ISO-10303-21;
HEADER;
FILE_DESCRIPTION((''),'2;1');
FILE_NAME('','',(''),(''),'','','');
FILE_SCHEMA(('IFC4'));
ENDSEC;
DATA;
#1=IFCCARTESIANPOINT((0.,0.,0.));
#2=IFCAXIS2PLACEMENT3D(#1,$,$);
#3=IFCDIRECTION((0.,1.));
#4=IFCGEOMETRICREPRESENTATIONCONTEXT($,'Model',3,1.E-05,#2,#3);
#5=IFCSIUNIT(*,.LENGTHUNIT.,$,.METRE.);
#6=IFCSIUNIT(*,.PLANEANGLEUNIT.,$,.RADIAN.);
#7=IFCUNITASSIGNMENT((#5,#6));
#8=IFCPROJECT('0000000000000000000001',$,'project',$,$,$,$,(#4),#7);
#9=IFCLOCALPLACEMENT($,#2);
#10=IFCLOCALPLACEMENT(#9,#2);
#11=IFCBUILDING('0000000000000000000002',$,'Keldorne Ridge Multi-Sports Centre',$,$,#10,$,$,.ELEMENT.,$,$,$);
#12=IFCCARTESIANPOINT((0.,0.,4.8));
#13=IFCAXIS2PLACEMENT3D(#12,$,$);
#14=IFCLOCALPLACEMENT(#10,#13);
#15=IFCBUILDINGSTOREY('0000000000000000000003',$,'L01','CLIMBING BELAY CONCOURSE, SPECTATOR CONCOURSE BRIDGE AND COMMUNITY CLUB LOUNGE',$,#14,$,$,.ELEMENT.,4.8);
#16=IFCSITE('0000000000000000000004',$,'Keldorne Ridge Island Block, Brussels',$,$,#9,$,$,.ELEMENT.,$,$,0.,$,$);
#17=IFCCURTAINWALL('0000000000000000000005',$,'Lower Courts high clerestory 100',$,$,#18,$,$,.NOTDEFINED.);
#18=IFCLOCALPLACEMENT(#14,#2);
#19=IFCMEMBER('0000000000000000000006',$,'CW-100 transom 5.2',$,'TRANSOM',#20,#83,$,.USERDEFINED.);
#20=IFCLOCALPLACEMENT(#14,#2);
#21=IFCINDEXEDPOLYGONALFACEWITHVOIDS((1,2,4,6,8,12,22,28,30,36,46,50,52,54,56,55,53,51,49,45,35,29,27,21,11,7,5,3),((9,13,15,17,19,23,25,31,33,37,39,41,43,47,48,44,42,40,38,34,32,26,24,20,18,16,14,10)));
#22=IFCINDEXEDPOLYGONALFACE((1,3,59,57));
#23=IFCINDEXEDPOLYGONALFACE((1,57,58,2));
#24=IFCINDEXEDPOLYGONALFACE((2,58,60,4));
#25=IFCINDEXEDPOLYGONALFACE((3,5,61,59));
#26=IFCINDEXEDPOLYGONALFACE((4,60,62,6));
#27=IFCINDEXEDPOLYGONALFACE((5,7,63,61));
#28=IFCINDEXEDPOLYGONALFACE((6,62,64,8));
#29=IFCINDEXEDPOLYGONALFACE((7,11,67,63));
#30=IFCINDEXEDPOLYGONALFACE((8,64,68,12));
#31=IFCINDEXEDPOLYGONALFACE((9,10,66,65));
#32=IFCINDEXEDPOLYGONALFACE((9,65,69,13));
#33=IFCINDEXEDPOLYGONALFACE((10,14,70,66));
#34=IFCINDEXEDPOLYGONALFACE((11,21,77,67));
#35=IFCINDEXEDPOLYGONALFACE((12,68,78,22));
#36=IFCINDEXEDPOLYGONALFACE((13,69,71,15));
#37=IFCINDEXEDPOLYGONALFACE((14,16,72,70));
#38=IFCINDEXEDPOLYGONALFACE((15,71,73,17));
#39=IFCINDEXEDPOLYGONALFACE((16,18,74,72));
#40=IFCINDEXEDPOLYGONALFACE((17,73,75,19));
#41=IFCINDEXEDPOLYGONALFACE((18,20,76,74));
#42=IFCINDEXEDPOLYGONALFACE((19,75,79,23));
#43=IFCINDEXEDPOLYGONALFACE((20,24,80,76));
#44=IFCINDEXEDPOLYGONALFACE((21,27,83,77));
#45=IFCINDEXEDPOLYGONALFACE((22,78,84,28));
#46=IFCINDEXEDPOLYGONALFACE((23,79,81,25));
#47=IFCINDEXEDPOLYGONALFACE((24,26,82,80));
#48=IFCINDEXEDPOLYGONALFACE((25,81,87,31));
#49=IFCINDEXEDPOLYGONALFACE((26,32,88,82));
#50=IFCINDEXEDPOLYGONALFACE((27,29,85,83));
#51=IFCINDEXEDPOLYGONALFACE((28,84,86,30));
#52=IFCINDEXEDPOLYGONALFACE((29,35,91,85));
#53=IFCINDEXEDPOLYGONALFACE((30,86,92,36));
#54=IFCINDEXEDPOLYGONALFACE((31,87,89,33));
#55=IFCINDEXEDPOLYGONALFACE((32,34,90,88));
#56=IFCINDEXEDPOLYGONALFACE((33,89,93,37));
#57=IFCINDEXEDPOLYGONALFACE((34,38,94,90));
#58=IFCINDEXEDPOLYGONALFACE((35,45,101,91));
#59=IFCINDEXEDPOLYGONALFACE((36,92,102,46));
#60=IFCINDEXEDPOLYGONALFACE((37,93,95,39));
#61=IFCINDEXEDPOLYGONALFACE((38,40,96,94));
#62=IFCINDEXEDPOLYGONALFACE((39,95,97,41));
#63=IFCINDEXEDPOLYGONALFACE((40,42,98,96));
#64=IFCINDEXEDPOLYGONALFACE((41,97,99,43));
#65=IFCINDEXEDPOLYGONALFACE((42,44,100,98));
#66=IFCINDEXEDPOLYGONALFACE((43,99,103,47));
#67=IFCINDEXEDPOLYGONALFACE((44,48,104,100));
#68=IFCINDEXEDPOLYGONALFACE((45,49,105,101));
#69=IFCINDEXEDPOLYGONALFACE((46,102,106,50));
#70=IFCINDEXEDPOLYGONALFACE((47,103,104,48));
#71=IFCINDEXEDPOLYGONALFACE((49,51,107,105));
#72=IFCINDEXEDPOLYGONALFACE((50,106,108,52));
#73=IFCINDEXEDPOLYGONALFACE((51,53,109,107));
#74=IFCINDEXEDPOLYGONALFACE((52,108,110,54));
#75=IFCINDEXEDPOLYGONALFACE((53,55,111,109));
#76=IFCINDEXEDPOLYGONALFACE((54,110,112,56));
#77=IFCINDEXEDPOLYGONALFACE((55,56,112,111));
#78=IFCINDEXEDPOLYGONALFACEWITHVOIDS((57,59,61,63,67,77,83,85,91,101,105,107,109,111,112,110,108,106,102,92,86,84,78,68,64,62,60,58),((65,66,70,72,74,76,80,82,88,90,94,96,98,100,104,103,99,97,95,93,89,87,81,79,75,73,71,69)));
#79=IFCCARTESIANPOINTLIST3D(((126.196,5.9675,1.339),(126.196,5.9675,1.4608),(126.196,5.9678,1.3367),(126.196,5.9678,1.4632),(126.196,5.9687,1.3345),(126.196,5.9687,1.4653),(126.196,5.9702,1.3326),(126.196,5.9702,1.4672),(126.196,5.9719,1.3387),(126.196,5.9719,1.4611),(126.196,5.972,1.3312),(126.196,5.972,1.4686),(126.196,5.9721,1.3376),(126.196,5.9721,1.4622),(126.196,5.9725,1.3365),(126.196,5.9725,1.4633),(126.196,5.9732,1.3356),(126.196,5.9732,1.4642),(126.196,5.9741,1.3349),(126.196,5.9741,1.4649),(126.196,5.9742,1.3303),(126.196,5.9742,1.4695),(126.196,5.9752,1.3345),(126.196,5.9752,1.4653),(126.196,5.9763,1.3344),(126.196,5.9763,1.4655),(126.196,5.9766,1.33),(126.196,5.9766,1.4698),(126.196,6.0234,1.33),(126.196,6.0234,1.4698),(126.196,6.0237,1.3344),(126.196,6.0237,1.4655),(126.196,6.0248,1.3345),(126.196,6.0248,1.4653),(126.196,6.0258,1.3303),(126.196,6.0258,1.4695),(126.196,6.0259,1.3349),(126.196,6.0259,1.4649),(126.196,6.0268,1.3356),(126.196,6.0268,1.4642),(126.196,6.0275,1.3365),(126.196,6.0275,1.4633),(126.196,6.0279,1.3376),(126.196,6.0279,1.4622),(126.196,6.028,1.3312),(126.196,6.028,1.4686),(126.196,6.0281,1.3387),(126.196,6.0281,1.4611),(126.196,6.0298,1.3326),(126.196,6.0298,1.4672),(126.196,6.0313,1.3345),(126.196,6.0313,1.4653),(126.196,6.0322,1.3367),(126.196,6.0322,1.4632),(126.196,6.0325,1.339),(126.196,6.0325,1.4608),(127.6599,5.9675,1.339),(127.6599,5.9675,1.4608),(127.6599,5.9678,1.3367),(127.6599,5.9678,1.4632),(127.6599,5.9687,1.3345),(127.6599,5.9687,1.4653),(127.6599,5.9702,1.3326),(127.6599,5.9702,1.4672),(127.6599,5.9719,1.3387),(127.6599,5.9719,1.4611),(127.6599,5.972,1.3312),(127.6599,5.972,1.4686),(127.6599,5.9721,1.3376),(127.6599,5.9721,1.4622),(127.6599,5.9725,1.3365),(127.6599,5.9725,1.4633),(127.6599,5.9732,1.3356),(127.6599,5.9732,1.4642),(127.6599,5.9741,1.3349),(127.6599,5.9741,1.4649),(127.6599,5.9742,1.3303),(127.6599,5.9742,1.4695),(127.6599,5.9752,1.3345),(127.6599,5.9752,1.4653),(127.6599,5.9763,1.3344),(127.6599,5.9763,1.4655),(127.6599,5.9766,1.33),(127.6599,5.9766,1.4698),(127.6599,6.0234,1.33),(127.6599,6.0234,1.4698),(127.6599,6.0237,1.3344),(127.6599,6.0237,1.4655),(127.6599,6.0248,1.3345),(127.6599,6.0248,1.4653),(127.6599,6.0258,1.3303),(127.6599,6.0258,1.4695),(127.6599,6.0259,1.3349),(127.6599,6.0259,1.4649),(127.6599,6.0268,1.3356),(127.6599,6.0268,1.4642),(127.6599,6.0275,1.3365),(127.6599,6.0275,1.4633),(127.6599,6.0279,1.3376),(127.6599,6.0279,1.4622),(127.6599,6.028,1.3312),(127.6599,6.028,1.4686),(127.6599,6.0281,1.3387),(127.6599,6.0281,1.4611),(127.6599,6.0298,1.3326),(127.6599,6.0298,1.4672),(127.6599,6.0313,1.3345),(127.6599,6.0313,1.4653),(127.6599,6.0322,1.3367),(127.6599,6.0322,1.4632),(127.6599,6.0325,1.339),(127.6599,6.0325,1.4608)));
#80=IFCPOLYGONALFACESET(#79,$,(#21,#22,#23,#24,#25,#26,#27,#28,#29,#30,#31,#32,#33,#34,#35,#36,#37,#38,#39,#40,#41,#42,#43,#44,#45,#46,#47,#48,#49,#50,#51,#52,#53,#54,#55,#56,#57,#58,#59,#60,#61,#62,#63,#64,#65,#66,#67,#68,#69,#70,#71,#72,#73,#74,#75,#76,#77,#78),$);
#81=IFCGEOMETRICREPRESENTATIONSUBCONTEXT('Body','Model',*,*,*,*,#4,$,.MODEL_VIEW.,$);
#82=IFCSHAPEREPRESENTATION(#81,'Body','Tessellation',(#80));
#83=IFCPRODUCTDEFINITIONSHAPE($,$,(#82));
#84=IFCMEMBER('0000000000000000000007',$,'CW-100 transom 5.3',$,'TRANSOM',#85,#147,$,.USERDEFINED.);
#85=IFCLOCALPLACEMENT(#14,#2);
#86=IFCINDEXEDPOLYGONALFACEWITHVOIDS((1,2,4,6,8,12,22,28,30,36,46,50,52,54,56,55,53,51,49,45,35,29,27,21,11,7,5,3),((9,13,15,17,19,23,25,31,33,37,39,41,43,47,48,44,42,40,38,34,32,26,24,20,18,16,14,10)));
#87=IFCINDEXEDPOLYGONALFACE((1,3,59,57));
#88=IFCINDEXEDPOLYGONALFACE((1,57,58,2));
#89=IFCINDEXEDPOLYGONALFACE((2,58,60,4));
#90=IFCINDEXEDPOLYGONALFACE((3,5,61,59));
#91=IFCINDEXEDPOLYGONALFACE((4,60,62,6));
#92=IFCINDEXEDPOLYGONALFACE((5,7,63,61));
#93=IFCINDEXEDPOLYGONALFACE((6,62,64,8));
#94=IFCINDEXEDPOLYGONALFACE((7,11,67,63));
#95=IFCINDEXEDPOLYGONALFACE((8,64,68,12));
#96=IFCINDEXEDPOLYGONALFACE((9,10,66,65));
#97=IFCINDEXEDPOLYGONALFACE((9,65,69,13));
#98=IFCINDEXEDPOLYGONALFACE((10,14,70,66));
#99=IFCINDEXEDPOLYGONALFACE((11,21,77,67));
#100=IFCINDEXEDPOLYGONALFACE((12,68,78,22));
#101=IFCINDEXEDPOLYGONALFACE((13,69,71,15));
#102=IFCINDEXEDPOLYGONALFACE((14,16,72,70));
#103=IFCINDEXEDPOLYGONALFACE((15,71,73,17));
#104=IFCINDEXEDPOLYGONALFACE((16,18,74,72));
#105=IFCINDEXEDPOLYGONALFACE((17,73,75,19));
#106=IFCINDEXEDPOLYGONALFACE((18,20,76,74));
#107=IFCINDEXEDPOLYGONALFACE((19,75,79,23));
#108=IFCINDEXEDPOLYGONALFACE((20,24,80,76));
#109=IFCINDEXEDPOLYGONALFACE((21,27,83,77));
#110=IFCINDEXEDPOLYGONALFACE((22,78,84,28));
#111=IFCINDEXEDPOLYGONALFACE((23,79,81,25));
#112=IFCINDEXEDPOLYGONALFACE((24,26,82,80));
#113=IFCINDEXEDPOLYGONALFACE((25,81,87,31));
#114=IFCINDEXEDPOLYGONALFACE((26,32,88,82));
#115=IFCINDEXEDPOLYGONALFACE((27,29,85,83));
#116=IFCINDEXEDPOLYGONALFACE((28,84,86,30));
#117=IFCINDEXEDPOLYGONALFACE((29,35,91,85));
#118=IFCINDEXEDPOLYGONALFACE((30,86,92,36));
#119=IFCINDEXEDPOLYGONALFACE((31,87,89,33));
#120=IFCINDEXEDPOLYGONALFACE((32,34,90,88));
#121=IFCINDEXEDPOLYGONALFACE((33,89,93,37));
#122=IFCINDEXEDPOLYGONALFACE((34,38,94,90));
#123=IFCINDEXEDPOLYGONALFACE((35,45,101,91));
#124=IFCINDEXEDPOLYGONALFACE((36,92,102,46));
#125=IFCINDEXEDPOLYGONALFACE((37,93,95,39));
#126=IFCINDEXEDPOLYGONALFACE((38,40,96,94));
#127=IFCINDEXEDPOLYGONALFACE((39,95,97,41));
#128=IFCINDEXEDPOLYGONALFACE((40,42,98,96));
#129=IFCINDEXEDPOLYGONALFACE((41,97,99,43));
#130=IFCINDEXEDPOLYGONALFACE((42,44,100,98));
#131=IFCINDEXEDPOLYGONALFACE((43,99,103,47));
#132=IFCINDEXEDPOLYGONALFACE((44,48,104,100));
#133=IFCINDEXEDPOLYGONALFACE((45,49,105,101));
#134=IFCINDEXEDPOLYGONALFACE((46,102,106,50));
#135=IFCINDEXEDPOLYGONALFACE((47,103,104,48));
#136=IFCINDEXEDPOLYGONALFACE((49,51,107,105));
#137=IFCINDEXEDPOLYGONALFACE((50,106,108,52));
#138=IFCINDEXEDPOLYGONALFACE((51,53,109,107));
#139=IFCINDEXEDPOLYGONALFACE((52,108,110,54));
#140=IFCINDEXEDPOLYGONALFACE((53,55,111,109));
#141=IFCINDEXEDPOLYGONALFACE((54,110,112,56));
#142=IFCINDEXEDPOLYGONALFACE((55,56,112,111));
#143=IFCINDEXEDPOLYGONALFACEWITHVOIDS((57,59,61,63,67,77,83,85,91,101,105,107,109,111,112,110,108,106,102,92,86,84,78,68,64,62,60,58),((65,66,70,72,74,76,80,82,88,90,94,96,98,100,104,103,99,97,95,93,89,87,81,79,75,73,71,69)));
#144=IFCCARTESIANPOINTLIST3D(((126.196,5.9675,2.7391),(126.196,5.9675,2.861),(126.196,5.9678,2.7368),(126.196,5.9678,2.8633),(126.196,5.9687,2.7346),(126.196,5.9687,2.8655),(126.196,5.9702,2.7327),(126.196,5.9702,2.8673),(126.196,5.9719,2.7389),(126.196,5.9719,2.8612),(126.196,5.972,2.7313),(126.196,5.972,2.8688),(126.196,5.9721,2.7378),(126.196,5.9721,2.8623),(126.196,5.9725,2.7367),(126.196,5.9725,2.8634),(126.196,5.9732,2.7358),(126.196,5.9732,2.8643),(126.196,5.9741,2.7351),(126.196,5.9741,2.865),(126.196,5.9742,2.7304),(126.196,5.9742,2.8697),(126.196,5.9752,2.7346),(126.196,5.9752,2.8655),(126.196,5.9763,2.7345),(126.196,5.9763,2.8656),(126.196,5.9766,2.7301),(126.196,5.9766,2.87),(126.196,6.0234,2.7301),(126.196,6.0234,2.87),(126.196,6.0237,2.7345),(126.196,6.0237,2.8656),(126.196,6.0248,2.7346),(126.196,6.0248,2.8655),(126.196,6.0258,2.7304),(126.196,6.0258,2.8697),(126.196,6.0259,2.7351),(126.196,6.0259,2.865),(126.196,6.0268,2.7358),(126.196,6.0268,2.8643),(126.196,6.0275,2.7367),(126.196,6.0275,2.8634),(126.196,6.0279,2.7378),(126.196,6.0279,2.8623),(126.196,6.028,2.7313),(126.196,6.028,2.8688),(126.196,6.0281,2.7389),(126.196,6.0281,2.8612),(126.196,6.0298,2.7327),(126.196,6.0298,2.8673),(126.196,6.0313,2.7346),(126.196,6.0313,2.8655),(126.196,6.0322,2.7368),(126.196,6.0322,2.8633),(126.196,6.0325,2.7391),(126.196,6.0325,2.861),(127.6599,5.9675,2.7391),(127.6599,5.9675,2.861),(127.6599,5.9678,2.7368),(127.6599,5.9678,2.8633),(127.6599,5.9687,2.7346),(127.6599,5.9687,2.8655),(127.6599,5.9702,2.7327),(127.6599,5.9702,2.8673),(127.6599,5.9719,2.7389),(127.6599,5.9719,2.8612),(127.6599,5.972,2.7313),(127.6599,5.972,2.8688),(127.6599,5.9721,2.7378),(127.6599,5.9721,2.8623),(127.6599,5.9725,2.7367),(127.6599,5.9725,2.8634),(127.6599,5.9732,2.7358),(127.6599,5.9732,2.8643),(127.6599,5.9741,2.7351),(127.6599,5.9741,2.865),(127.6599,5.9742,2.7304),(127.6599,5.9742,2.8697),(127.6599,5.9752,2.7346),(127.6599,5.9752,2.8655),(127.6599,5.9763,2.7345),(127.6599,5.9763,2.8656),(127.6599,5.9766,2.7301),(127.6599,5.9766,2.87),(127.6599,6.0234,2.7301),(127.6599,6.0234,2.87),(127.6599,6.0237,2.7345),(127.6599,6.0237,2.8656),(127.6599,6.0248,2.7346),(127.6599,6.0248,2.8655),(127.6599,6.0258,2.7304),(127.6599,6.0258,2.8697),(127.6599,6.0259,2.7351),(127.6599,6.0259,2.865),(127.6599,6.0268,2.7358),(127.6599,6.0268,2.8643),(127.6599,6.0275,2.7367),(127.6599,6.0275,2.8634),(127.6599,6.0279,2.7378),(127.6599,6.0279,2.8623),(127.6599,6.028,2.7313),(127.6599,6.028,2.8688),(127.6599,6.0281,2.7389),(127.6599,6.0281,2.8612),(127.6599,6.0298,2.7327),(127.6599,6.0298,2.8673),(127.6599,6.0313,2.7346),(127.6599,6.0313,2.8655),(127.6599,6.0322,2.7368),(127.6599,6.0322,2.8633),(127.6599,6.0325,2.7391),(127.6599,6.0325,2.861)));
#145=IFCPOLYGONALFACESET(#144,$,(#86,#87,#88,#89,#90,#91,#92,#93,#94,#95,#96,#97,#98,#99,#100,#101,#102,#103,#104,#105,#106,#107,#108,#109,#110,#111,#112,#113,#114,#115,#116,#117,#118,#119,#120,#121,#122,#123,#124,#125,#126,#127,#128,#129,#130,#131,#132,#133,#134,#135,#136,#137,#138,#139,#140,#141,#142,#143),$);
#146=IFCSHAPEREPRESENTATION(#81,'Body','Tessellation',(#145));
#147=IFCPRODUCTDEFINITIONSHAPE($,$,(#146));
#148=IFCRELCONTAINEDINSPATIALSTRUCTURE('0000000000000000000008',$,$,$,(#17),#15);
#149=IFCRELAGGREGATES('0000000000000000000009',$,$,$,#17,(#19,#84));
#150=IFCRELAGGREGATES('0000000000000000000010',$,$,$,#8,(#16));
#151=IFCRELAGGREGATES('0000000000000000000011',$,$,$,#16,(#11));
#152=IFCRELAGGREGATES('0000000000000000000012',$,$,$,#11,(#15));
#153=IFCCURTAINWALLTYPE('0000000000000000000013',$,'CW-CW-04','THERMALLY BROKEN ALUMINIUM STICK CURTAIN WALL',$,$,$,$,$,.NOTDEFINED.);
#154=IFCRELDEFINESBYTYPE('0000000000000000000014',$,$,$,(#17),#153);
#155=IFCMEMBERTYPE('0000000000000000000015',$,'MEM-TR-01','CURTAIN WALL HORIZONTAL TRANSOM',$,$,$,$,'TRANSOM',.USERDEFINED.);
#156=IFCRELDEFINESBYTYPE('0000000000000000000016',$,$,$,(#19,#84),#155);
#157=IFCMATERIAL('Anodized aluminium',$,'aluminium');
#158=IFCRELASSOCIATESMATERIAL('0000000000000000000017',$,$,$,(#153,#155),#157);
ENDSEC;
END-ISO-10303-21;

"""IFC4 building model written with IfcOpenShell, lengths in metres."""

from ifc_helpers import new_model, si_unit, direction, frame, origin, origin_2d, place, context, subcontext, project, spatial, hollow_rectangle, extrude, material, material_profile, profile_set, type_object, element, aggregate, save


model = new_model("IFC4")

# Units and contexts
model_context = context("Model", 3, precision=1e-05, world=origin(), true_north=direction((0.0, 1.0)))
body_context = subcontext(model_context, "Body", "Model", "MODEL_VIEW")
ifc_project = project(units=[si_unit("LENGTHUNIT", "METRE"), si_unit("PLANEANGLEUNIT", "RADIAN")], contexts=[model_context])

# Site, building, storey
site_placement = place(None, origin())
site = spatial("IfcSite", under=ifc_project, at=site_placement, Name="Keldorne Ridge Island Block, Brussels", CompositionType="ELEMENT", RefElevation=0.0)
building_placement = place(site_placement, origin())
building = spatial("IfcBuilding", under=site, at=building_placement, Name="Keldorne Ridge Multi-Sports Centre", CompositionType="ELEMENT")
storey_placement = place(building_placement, frame((0.0, 0.0, 4.8)))
storey = spatial("IfcBuildingStorey", under=building, at=storey_placement, Name="L01", Description="CLIMBING BELAY CONCOURSE, SPECTATOR CONCOURSE BRIDGE AND COMMUNITY CLUB LOUNGE", CompositionType="ELEMENT", Elevation=4.8)

# Curtain wall
ifc_material_1 = material(Name="Anodized aluminium", Category="aluminium")
curtain_wall_type = type_object("IfcCurtainWallType", Name="CW-CW-04", Description="THERMALLY BROKEN ALUMINIUM STICK CURTAIN WALL", PredefinedType="NOTDEFINED", material=ifc_material_1)
curtain_wall_placement = place(storey_placement, origin())
curtain_wall = element("IfcCurtainWall", 1, at=curtain_wall_placement, inside=storey, type_object=curtain_wall_type, Name="Lower Courts high clerestory 100", PredefinedType="NOTDEFINED")

# Members
ifc_material_profile_1 = material_profile(ifc_material_1, hollow_rectangle(XDim=0.0649, YDim=0.1399, WallThickness=0.0044, InnerFilletRadius=0.0044, OuterFilletRadius=0.009, at=origin_2d()), Name="ALU TRANSOM 140x65x4.5")
ifc_profile_set_1 = profile_set([ifc_material_profile_1], Name="Anodized aluminium")
member_type_1 = type_object("IfcMemberType", Name="MEM-TR-01", Description="CURTAIN WALL HORIZONTAL TRANSOM", ElementType="TRANSOM", PredefinedType="USERDEFINED", material=ifc_profile_set_1)
member_1_placement = place(storey_placement, frame((126.196, 6.0, 1.3999), z_axis=(1.0, 0.0, 0.0), x_axis=(0.0, 1.0, 0.0)))
member_1 = element("IfcMember", 2, at=member_1_placement, type_object=member_type_1, Name="CW-100 transom 5.2", ObjectType="TRANSOM", PredefinedType="USERDEFINED", context=body_context, shape_type="SweptSolid", body=[
    extrude(hollow_rectangle(XDim=0.0649, YDim=0.1399, WallThickness=0.0044, InnerFilletRadius=0.0044, OuterFilletRadius=0.009, at=origin_2d()), origin(), (0.0, 0.0, 1.0), 1.4639),
])
member_2_placement = place(storey_placement, frame((126.196, 6.0, 2.8), z_axis=(1.0, 0.0, 0.0), x_axis=(0.0, 1.0, 0.0)))
member_2 = element("IfcMember", 3, at=member_2_placement, type_object=member_type_1, Name="CW-100 transom 5.3", ObjectType="TRANSOM", PredefinedType="USERDEFINED", context=body_context, shape_type="SweptSolid", body=[
    extrude(hollow_rectangle(XDim=0.0649, YDim=0.1399, WallThickness=0.0044, InnerFilletRadius=0.0044, OuterFilletRadius=0.009, at=origin_2d()), origin(), (0.0, 0.0, 1.0), 1.4639),
])

aggregate(curtain_wall, [member_1, member_2])

save(model, "model.ifc")
